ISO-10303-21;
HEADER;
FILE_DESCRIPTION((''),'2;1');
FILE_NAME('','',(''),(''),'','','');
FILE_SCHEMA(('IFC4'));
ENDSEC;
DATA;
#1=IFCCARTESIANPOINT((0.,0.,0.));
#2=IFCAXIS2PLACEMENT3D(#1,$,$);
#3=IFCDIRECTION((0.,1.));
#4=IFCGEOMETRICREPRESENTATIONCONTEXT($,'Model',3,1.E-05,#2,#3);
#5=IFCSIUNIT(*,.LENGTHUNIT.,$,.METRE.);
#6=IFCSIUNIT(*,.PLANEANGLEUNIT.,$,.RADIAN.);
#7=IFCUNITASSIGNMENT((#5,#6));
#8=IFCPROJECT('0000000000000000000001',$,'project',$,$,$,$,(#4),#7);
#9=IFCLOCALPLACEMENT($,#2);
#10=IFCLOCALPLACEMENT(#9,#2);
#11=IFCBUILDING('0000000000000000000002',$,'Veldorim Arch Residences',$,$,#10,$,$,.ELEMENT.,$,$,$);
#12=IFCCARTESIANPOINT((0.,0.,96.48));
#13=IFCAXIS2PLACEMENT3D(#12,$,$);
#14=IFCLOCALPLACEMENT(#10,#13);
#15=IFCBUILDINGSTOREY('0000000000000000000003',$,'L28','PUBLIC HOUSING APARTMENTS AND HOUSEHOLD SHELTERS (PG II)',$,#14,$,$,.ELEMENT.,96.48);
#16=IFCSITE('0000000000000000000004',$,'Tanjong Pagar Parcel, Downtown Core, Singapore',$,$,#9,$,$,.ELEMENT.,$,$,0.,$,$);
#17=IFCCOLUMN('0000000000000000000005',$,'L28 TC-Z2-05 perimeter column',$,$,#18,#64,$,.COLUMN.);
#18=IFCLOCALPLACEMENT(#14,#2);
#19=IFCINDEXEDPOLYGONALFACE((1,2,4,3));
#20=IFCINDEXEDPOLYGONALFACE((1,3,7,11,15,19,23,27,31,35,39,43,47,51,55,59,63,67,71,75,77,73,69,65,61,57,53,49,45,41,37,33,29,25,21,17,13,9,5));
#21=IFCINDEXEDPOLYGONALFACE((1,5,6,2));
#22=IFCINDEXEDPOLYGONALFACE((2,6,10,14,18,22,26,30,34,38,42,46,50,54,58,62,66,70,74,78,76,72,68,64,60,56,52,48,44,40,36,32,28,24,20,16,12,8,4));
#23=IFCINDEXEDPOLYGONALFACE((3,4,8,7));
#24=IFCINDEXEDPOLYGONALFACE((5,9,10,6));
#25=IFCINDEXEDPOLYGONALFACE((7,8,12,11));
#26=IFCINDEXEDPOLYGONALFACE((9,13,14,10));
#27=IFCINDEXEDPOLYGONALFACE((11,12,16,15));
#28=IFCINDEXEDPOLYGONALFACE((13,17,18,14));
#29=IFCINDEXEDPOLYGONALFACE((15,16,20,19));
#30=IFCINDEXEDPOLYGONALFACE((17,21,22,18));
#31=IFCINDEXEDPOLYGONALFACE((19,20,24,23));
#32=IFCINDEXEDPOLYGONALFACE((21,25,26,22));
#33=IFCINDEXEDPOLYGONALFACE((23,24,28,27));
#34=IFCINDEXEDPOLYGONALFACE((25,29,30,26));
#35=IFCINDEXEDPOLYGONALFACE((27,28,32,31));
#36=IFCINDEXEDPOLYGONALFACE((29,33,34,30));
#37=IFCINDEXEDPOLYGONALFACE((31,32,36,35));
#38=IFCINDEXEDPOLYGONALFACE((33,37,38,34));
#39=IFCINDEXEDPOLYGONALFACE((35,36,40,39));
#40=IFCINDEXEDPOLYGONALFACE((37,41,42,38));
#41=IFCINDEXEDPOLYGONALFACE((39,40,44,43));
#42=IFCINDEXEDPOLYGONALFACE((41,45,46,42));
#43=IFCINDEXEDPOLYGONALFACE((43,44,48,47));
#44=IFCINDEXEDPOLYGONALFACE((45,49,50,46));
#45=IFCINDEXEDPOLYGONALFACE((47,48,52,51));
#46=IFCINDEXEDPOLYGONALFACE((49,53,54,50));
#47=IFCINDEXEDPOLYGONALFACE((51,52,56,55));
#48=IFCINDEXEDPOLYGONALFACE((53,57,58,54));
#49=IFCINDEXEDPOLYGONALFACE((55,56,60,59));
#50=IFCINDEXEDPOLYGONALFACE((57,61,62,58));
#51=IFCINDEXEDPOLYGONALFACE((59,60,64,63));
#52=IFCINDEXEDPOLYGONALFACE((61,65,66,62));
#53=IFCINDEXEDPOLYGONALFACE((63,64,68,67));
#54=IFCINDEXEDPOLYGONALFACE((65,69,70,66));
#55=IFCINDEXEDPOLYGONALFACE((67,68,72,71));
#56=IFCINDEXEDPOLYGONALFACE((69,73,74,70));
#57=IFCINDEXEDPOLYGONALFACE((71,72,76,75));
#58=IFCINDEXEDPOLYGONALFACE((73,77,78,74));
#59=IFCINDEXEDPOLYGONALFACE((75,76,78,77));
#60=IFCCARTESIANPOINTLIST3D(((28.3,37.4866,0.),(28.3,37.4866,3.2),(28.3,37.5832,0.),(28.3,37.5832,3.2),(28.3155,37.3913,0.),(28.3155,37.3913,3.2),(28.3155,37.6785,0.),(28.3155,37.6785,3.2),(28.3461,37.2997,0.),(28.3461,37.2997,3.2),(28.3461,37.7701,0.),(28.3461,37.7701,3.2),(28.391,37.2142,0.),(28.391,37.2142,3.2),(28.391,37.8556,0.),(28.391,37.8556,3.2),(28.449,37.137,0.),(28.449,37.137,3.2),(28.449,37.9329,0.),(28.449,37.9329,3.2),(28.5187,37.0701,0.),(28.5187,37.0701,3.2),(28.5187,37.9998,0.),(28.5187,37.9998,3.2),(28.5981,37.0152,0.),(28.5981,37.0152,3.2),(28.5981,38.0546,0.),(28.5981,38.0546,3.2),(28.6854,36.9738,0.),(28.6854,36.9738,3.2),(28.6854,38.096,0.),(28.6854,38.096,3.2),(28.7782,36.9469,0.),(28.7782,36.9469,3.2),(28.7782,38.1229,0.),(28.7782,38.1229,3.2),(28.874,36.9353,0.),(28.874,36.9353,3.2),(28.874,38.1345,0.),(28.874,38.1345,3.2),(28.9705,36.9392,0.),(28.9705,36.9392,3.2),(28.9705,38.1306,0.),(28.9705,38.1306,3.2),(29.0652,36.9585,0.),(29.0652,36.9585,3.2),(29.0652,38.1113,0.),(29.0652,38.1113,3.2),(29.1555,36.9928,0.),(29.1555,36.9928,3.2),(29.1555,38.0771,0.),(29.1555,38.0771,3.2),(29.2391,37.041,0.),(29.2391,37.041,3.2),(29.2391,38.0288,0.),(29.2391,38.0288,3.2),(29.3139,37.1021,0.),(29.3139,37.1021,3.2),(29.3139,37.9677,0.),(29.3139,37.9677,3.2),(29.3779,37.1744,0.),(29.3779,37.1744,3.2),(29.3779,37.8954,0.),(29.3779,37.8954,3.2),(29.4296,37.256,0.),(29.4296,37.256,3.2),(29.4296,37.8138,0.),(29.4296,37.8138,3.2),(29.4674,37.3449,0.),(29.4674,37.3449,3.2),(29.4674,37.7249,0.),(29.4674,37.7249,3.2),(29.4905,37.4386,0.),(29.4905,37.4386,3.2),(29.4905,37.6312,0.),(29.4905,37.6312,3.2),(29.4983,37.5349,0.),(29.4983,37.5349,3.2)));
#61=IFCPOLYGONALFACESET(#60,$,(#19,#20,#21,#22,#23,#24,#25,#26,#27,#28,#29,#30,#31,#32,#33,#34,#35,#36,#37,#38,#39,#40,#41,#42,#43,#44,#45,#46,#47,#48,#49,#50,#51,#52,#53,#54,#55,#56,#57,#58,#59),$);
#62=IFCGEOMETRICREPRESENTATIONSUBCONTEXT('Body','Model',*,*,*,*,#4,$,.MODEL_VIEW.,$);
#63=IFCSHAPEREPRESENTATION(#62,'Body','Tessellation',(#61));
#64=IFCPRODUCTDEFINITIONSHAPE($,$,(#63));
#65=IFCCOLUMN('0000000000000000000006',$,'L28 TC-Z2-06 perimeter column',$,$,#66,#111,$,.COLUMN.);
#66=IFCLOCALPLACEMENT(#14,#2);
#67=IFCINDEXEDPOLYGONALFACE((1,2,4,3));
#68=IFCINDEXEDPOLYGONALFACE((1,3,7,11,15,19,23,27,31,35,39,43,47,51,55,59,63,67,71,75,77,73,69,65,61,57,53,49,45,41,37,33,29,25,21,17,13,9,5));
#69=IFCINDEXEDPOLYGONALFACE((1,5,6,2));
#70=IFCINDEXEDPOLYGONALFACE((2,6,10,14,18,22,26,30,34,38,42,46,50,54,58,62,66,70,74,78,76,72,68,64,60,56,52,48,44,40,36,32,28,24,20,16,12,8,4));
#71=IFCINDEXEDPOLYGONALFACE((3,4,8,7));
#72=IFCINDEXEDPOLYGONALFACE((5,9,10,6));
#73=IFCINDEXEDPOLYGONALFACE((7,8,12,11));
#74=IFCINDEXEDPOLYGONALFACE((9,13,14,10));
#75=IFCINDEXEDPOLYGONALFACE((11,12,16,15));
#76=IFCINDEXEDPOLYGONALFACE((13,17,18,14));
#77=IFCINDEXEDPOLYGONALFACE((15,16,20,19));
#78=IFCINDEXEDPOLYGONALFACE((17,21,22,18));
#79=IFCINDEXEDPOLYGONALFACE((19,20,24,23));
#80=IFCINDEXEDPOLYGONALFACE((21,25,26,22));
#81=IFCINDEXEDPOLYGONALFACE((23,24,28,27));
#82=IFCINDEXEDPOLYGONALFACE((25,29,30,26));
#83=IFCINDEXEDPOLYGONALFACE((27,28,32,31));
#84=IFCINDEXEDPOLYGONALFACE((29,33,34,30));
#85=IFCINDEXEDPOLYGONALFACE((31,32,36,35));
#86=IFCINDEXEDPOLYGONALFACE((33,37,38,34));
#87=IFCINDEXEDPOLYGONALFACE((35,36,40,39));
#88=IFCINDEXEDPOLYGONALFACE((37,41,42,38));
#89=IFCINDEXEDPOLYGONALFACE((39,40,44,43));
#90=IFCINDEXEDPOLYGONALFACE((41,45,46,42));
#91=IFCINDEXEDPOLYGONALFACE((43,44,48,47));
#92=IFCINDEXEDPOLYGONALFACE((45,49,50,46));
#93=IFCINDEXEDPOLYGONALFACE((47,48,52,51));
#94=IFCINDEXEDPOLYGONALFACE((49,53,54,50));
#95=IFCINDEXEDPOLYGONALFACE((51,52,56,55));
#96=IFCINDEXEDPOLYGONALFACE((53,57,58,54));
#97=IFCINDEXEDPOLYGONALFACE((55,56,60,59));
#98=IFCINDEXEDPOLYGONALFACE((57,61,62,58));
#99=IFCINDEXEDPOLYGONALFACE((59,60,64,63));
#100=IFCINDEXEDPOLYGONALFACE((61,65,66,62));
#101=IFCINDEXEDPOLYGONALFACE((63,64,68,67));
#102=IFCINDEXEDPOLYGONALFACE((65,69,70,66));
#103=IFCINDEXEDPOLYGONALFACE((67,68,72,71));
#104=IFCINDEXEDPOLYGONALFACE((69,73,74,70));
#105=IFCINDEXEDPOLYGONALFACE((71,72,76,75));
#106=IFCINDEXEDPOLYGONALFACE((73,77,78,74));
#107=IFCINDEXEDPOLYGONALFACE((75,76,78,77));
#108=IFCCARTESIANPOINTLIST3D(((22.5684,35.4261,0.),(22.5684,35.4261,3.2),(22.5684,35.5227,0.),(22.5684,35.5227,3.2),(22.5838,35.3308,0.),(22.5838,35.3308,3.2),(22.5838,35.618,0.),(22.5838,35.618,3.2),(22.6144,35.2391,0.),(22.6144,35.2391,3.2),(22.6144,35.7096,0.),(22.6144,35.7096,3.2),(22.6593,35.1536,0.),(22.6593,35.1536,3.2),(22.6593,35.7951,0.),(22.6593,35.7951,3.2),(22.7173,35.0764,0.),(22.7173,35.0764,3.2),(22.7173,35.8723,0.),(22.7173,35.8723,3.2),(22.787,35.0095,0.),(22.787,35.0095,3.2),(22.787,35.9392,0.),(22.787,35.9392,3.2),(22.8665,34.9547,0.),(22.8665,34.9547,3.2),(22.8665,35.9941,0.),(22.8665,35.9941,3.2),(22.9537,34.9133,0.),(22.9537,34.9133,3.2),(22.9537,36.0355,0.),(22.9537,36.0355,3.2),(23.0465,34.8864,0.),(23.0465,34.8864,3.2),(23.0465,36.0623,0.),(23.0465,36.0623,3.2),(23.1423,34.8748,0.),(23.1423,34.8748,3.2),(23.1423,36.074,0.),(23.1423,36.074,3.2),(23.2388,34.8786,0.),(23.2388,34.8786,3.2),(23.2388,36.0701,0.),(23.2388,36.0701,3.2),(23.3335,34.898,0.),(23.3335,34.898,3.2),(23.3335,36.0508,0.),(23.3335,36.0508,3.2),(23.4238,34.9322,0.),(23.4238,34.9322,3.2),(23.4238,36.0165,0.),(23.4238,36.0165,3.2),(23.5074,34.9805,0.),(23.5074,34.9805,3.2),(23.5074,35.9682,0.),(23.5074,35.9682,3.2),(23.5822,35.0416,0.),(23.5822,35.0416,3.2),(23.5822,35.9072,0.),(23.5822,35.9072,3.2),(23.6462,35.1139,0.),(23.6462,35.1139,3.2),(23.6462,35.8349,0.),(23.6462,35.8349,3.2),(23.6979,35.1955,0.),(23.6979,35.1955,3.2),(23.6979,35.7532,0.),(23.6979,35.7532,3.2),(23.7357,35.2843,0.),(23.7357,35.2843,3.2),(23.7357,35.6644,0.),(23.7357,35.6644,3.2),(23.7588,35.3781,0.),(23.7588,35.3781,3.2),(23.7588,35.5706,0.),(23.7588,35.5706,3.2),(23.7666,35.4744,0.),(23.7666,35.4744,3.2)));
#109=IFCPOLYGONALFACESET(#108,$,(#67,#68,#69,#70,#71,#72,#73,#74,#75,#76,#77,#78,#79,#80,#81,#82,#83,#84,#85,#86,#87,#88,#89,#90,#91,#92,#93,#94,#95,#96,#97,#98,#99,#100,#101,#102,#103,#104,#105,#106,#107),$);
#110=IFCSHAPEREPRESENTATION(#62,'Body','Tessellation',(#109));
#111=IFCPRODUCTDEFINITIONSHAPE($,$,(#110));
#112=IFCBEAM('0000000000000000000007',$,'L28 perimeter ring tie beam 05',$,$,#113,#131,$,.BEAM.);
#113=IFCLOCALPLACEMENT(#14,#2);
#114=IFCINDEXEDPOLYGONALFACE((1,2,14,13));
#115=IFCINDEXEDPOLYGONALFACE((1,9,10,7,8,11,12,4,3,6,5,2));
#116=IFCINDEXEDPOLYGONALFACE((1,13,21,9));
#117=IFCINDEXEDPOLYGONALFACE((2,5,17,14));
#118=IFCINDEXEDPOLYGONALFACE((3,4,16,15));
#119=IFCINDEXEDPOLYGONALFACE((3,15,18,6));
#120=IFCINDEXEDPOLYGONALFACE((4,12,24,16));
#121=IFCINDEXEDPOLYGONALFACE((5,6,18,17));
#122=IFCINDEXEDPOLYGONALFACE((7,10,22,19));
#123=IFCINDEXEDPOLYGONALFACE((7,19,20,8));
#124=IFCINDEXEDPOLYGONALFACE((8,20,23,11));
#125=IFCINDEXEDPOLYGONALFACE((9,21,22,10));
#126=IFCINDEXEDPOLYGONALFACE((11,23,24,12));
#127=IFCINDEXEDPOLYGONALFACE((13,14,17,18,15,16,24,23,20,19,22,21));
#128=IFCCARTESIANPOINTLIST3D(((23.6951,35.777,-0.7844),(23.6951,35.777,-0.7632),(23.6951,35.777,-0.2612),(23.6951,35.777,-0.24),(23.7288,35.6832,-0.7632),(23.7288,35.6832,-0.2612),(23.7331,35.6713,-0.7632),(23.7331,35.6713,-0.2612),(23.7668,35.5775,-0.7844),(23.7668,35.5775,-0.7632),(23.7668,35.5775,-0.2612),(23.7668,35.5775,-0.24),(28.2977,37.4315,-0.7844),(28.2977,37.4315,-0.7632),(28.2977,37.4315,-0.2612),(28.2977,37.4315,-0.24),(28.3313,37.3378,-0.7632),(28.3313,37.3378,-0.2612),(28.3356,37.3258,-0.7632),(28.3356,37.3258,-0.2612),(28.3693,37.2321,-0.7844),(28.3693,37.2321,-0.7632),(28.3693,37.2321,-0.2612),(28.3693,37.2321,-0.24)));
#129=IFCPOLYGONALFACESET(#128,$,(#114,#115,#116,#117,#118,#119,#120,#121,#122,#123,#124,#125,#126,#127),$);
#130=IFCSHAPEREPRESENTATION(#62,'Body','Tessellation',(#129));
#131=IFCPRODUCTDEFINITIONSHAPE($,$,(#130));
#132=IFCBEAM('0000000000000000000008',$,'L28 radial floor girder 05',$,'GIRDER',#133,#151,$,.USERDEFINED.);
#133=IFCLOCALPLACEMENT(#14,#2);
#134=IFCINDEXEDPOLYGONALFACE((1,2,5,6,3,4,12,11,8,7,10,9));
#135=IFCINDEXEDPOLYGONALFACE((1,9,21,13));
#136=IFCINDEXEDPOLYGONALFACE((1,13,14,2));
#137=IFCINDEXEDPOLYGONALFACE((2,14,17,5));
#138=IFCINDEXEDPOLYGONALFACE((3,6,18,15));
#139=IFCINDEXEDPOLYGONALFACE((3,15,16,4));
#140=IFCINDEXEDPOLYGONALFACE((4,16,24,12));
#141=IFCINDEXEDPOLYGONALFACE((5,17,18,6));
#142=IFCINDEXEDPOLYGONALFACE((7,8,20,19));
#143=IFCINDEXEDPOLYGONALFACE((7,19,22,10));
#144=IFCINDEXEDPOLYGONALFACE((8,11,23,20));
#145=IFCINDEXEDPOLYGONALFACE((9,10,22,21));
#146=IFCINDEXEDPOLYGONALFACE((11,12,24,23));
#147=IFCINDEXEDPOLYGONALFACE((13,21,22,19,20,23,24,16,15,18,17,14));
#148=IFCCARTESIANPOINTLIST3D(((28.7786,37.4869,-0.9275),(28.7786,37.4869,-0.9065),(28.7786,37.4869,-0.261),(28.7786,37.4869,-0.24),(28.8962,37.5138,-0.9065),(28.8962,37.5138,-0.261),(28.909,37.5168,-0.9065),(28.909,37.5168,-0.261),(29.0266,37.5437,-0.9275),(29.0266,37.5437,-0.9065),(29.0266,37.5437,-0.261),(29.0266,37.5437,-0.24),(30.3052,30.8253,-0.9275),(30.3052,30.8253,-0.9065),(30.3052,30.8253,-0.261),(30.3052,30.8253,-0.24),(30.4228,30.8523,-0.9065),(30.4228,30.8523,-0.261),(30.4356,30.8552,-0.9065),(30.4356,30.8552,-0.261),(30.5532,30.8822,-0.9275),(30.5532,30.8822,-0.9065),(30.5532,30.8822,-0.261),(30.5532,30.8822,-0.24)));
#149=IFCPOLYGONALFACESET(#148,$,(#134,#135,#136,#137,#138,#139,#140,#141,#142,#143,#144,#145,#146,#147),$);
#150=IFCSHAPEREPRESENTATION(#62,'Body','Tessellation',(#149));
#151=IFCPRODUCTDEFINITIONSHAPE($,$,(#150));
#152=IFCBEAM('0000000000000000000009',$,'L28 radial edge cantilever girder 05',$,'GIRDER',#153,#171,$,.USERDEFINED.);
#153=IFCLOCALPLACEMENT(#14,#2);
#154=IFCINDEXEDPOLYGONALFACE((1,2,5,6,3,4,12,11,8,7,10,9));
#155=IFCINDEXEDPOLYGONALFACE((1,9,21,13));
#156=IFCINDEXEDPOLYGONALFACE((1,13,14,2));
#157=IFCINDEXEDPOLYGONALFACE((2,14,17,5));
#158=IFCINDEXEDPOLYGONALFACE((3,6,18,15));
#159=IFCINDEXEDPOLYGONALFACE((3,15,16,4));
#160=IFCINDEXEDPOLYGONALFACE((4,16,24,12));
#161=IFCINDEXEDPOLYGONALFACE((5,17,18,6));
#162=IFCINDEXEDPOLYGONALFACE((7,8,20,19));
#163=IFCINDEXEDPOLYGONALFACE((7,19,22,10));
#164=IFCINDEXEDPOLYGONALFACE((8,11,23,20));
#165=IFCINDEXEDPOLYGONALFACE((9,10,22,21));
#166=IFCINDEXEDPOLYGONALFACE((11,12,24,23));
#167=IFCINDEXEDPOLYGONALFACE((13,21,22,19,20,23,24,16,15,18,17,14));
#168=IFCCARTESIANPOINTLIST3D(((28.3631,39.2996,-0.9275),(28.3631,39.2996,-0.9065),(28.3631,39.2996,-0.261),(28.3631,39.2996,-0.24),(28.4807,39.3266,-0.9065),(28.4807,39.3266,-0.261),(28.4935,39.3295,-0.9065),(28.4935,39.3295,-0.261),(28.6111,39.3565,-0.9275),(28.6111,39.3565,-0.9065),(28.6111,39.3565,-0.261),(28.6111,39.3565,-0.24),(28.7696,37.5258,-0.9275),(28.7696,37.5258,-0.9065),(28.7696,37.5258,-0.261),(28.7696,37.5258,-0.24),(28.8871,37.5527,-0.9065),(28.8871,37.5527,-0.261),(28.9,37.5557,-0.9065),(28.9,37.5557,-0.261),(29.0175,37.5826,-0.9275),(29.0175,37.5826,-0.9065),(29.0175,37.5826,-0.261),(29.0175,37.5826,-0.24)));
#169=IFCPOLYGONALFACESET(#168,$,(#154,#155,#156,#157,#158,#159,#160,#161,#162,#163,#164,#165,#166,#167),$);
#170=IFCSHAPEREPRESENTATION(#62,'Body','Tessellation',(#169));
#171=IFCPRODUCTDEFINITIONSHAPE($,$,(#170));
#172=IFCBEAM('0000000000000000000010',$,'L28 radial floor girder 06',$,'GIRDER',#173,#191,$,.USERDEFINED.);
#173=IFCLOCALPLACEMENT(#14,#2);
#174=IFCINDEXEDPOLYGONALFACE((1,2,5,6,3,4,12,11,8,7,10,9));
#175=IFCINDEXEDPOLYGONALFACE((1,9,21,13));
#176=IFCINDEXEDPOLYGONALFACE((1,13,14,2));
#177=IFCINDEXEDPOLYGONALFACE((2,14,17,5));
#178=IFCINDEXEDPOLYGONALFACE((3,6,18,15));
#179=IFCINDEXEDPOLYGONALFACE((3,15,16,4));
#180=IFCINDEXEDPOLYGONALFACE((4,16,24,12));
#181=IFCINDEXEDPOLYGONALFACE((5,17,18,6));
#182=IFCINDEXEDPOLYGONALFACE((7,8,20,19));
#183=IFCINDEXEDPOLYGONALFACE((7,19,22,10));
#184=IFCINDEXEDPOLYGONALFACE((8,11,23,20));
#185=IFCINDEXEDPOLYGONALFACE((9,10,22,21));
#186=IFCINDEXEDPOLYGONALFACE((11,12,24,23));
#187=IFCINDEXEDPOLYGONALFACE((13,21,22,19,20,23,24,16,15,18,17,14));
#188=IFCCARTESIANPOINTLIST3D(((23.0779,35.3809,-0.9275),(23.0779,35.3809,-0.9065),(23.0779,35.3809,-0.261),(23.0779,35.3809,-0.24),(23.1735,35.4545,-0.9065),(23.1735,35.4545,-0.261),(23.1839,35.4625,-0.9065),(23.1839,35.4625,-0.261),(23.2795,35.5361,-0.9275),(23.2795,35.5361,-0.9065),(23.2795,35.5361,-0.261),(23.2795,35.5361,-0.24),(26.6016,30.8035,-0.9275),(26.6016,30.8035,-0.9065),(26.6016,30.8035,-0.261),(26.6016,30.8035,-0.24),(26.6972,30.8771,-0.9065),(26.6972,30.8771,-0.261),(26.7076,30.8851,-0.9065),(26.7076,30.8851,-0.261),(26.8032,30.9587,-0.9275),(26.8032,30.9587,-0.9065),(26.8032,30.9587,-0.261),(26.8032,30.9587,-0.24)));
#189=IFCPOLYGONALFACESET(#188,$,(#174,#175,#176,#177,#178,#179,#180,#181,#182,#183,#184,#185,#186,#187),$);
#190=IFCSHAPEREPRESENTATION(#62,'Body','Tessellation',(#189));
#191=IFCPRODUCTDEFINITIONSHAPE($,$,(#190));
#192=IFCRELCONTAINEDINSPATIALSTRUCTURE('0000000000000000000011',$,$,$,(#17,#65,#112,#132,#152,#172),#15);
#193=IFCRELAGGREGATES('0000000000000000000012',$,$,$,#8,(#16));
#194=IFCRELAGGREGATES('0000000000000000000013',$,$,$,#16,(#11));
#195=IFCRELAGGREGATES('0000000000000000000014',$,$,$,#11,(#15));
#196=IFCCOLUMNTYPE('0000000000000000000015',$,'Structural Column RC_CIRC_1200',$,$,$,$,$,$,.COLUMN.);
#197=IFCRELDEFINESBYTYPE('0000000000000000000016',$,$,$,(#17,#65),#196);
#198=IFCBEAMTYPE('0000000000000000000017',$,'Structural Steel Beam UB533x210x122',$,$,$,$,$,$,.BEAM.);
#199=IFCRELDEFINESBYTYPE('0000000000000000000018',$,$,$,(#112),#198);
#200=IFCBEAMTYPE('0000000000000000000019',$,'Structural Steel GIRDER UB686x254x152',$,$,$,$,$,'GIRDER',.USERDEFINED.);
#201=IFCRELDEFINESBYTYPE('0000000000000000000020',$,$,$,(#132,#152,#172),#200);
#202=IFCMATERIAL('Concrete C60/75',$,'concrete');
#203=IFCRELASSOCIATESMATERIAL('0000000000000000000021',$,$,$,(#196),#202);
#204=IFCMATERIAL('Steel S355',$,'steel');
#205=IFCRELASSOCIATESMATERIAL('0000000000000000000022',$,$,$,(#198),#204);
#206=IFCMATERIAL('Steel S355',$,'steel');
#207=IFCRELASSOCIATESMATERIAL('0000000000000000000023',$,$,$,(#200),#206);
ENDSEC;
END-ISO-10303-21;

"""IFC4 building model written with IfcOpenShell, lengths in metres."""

from ifc_helpers import new_model, si_unit, direction, frame, origin, origin_2d, place, context, subcontext, project, spatial, circle, i_section, extrude, material, material_profile, profile_set, type_object, element, save


model = new_model("IFC4")

# Units and contexts
model_context = context("Model", 3, precision=1e-05, world=origin(), true_north=direction((0.0, 1.0)))
body_context = subcontext(model_context, "Body", "Model", "MODEL_VIEW")
ifc_project = project(units=[si_unit("LENGTHUNIT", "METRE"), si_unit("PLANEANGLEUNIT", "RADIAN")], contexts=[model_context])

# Site, building, storey
site_placement = place(None, origin())
site = spatial("IfcSite", under=ifc_project, at=site_placement, Name="Tanjong Pagar Parcel, Downtown Core, Singapore", CompositionType="ELEMENT", RefElevation=0.0)
building_placement = place(site_placement, origin())
building = spatial("IfcBuilding", under=site, at=building_placement, Name="Veldorim Arch Residences", CompositionType="ELEMENT")
storey_placement = place(building_placement, frame((0.0, 0.0, 96.48)))
storey = spatial("IfcBuildingStorey", under=building, at=storey_placement, Name="L28", Description="PUBLIC HOUSING APARTMENTS AND HOUSEHOLD SHELTERS (PG II)", CompositionType="ELEMENT", Elevation=96.48)

# Columns
ifc_material_1 = material(Name="Concrete C60/75", Category="concrete")
ifc_material_profile_1 = material_profile(ifc_material_1, circle(Radius=0.6001, at=origin_2d()), Name="RC_CIRC_1200")
ifc_profile_set_1 = profile_set([ifc_material_profile_1], Name="Concrete C60/75")
column_type = type_object("IfcColumnType", Name="Structural Column RC_CIRC_1200", PredefinedType="COLUMN", material=ifc_profile_set_1)
for number, where, z_axis, x_axis, name in (
    (1, (28.8982, 37.5349, 0.0), (0.0, 0.0, 1.0), (1.0, 0.0, 0.0), "L28 TC-Z2-05 perimeter column"),
    (2, (23.1665, 35.4744, 0.0), (0.0, 0.0, 1.0), (1.0, 0.0, 0.0), "L28 TC-Z2-06 perimeter column"),
):
    element("IfcColumn", number, at=place(storey_placement, frame(where, z_axis=z_axis, x_axis=x_axis)), inside=storey, type_object=column_type, Name=name, PredefinedType="COLUMN", context=body_context, shape_type="SweptSolid", body=[
        extrude(circle(Radius=0.6001, at=origin_2d()), origin(), (0.0, 0.0, 1.0), 3.2),
    ])

# Beams
ifc_material_2 = material(Name="Steel S355", Category="steel")
ifc_material_profile_2 = material_profile(ifc_material_2, i_section(OverallWidth=0.2119, OverallDepth=0.5444, WebThickness=0.0127, FlangeThickness=0.0212, at=origin_2d()), Name="UB533x210x122")
ifc_profile_set_2 = profile_set([ifc_material_profile_2], Name="Steel S355")
beam_type_1 = type_object("IfcBeamType", Name="Structural Steel Beam UB533x210x122", PredefinedType="BEAM", material=ifc_profile_set_2)
beam_1_placement = place(storey_placement, frame((28.3335, 37.3318, -0.5122), z_axis=(-0.941042, -0.33829, 0.0), x_axis=(0.33829, -0.941042, 0.0)))
element("IfcBeam", 3, at=beam_1_placement, inside=storey, type_object=beam_type_1, Name="L28 perimeter ring tie beam 05", PredefinedType="BEAM", context=body_context, shape_type="SweptSolid", body=[
    extrude(i_section(OverallWidth=0.2119, OverallDepth=0.5444, WebThickness=0.0127, FlangeThickness=0.0212, at=origin_2d()), origin(), (0.0, 0.0, 1.0), 4.8909),
])
ifc_material_3 = material(Name="Steel S355", Category="steel")
ifc_material_profile_3 = material_profile(ifc_material_3, i_section(OverallWidth=0.2544, OverallDepth=0.6875, WebThickness=0.0132, FlangeThickness=0.021, at=origin_2d()), Name="UB686x254x152")
ifc_profile_set_3 = profile_set([ifc_material_profile_3], Name="Steel S355")
beam_type_2 = type_object("IfcBeamType", Name="Structural Steel GIRDER UB686x254x152", ElementType="GIRDER", PredefinedType="USERDEFINED", material=ifc_profile_set_3)
beam_2_placement = place(storey_placement, frame((30.4292, 30.8538, -0.5837), z_axis=(-0.223375, 0.974733, 0.0), x_axis=(-0.974733, -0.223375, 0.0)))
element("IfcBeam", 4, at=beam_2_placement, inside=storey, type_object=beam_type_2, Name="L28 radial floor girder 05", ObjectType="GIRDER", PredefinedType="USERDEFINED", context=body_context, shape_type="SweptSolid", body=[
    extrude(i_section(OverallWidth=0.2544, OverallDepth=0.6875, WebThickness=0.0132, FlangeThickness=0.021, at=origin_2d()), origin(), (0.0, 0.0, 1.0), 6.8342),
])
beam_3_placement = place(storey_placement, frame((28.8936, 37.5542, -0.5837), z_axis=(-0.22336, 0.974736, 0.0), x_axis=(-0.974736, -0.22336, 0.0)))
element("IfcBeam", 5, at=beam_3_placement, inside=storey, type_object=beam_type_2, Name="L28 radial edge cantilever girder 05", ObjectType="GIRDER", PredefinedType="USERDEFINED", context=body_context, shape_type="SweptSolid", body=[
    extrude(i_section(OverallWidth=0.2544, OverallDepth=0.6875, WebThickness=0.0132, FlangeThickness=0.021, at=origin_2d()), origin(), (0.0, 0.0, 1.0), 1.8198),
])
beam_4_placement = place(storey_placement, frame((26.7024, 30.8811, -0.5837), z_axis=(-0.609995, 0.792406, 0.0), x_axis=(-0.792406, -0.609995, 0.0)))
element("IfcBeam", 6, at=beam_4_placement, inside=storey, type_object=beam_type_2, Name="L28 radial floor girder 06", ObjectType="GIRDER", PredefinedType="USERDEFINED", context=body_context, shape_type="SweptSolid", body=[
    extrude(i_section(OverallWidth=0.2544, OverallDepth=0.6875, WebThickness=0.0132, FlangeThickness=0.021, at=origin_2d()), origin(), (0.0, 0.0, 1.0), 5.7766),
])

save(model, "model.ifc")
